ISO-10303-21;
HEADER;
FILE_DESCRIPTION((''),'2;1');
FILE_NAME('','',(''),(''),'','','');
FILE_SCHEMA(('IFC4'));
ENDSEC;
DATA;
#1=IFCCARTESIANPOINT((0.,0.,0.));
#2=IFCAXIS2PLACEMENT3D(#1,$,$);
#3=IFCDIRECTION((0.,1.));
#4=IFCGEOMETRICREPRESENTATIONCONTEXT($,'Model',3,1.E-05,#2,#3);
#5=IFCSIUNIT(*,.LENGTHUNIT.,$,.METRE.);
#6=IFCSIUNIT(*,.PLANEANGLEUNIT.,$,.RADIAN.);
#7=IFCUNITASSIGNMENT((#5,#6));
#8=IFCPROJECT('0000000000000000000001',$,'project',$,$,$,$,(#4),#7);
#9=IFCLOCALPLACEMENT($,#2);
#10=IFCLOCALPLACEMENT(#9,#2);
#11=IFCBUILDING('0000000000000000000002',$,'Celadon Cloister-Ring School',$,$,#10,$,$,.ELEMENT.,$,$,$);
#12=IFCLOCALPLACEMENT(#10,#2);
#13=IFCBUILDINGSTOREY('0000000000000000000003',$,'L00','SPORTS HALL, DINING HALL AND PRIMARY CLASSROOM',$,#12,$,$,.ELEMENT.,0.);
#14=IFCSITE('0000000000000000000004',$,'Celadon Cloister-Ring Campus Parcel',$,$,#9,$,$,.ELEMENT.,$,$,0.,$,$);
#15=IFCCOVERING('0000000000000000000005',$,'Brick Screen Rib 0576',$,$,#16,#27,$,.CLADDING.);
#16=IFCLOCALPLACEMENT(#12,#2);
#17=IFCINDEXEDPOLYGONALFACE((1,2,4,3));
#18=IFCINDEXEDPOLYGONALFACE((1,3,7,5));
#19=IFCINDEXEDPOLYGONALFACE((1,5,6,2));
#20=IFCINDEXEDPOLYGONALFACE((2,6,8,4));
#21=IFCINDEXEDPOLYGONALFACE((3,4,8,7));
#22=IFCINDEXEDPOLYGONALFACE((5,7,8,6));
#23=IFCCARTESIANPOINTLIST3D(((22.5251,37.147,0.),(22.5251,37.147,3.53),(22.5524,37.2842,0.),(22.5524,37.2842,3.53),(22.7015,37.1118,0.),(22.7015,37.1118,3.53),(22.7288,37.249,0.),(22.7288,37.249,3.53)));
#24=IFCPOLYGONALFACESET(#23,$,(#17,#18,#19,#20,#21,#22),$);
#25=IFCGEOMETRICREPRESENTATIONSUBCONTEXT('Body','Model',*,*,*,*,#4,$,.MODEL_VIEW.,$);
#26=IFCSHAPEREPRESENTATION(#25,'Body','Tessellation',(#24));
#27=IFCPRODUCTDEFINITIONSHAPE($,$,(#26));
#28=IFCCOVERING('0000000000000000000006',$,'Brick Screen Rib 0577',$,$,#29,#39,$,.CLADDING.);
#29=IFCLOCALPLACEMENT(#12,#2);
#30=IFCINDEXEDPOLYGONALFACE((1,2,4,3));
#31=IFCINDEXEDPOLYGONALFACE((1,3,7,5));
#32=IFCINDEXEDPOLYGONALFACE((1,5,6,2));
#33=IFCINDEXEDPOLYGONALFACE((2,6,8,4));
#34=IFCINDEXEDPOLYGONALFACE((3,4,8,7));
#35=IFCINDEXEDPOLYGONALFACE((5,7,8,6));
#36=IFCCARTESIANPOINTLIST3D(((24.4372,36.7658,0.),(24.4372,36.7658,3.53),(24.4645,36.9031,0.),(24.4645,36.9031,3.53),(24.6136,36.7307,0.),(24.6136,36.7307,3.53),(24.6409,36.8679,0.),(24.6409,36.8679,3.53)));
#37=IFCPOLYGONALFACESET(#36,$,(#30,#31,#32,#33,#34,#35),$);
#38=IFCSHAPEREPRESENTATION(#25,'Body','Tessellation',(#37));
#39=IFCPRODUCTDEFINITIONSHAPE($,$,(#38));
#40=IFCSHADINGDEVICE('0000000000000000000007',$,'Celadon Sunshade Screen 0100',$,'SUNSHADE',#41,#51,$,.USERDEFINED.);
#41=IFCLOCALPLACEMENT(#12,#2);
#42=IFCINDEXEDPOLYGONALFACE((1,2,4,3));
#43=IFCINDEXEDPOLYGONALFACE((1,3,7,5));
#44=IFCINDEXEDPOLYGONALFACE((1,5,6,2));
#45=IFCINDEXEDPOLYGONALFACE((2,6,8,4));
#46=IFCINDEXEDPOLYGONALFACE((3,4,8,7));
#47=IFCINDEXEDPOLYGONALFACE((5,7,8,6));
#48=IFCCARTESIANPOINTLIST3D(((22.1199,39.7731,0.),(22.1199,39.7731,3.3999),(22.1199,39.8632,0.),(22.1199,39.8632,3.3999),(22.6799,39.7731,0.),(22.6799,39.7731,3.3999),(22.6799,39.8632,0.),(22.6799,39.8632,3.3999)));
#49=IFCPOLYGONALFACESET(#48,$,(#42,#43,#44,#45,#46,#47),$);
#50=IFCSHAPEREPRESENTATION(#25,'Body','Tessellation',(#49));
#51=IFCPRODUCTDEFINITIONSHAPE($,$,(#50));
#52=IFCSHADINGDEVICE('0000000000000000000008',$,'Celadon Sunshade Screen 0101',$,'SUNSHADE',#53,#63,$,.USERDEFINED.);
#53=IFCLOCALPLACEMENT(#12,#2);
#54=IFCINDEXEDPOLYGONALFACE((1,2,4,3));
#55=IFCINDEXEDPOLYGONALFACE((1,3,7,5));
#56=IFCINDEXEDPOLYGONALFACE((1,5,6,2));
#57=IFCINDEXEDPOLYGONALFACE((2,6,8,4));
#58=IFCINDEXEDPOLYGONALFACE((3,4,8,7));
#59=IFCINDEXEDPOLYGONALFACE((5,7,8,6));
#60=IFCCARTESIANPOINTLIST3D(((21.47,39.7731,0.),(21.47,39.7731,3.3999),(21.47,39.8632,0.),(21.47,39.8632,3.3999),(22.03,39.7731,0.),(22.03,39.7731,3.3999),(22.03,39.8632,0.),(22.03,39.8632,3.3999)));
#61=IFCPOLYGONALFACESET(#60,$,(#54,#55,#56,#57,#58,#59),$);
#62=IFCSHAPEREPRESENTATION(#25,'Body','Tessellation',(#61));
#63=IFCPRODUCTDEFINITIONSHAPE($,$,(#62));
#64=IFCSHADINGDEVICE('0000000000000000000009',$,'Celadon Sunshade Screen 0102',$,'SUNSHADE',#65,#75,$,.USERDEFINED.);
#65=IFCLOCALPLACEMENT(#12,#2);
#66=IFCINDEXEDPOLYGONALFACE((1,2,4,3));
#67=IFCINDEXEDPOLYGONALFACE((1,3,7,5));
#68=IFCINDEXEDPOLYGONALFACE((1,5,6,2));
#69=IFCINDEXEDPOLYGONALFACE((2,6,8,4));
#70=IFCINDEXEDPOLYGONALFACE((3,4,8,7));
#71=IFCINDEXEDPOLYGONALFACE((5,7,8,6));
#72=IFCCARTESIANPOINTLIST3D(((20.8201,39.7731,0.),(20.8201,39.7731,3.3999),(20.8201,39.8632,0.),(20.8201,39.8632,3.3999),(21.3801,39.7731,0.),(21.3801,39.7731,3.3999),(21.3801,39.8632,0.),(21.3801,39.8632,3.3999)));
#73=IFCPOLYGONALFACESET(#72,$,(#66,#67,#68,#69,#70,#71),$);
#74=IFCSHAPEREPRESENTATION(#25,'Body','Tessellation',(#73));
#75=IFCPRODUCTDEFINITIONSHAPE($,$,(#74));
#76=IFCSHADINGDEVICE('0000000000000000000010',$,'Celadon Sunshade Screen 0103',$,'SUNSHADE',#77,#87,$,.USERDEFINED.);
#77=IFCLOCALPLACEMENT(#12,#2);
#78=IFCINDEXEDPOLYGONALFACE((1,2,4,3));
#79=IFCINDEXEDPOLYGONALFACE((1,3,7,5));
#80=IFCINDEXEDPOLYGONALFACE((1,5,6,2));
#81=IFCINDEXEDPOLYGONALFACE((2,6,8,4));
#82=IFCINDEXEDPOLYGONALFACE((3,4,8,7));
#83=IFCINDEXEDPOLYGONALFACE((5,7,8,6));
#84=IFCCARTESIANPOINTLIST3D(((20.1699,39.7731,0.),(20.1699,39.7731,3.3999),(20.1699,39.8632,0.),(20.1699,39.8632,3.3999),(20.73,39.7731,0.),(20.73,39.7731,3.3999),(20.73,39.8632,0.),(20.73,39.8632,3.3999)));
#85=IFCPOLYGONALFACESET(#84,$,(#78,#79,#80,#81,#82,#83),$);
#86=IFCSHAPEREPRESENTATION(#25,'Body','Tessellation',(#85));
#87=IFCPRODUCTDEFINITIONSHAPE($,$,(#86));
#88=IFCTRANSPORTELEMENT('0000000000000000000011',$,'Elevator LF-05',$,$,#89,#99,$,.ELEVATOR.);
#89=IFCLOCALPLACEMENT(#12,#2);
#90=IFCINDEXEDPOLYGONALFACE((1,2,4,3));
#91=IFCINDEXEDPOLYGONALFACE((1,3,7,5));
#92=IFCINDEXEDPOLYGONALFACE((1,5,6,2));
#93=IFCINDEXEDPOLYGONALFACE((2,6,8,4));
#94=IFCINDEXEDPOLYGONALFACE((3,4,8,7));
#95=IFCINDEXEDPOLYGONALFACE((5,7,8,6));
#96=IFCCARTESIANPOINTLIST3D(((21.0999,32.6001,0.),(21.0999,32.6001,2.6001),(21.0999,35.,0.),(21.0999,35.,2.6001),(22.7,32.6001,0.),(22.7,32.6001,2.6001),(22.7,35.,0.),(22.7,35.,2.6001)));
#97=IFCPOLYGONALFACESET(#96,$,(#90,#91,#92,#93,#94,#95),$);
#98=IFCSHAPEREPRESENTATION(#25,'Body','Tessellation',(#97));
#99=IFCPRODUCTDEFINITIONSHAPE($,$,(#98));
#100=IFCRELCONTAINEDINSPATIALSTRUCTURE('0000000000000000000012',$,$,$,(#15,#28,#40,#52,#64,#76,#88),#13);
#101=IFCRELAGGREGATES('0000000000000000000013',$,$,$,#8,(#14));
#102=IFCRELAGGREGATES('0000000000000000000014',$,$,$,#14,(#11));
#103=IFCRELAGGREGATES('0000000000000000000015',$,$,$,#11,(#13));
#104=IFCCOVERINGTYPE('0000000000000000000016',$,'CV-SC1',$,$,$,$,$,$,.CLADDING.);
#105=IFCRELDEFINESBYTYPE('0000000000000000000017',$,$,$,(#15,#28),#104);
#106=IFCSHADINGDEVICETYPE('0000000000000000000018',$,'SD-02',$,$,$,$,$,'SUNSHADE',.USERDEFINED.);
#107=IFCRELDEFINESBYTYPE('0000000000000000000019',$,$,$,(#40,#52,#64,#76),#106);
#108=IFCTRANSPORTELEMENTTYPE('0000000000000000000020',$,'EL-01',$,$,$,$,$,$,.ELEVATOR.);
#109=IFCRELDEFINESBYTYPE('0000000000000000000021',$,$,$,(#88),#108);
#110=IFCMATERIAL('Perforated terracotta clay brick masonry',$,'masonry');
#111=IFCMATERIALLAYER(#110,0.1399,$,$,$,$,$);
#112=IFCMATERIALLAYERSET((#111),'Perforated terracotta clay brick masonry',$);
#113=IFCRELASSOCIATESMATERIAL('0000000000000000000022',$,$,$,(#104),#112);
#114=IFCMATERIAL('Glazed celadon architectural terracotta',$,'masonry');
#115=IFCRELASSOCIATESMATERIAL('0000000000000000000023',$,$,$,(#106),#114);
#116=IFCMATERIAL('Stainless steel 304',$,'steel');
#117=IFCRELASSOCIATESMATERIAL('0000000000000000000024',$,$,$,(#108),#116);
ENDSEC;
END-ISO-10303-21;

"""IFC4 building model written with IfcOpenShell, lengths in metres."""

from ifc_helpers import new_model, si_unit, direction, frame, origin, origin_2d, place, context, subcontext, project, spatial, rectangle, extrude, material, layer, layer_set, type_object, element, save


model = new_model("IFC4")

# Units and contexts
model_context = context("Model", 3, precision=1e-05, world=origin(), true_north=direction((0.0, 1.0)))
body_context = subcontext(model_context, "Body", "Model", "MODEL_VIEW")
ifc_project = project(units=[si_unit("LENGTHUNIT", "METRE"), si_unit("PLANEANGLEUNIT", "RADIAN")], contexts=[model_context])

# Site, building, storey
site_placement = place(None, origin())
site = spatial("IfcSite", under=ifc_project, at=site_placement, Name="Celadon Cloister-Ring Campus Parcel", CompositionType="ELEMENT", RefElevation=0.0)
building_placement = place(site_placement, origin())
building = spatial("IfcBuilding", under=site, at=building_placement, Name="Celadon Cloister-Ring School", CompositionType="ELEMENT")
storey_placement = place(building_placement, origin())
storey = spatial("IfcBuildingStorey", under=building, at=storey_placement, Name="L00", Description="SPORTS HALL, DINING HALL AND PRIMARY CLASSROOM", CompositionType="ELEMENT", Elevation=0.0)

# Coverings
ifc_material_1 = material(Name="Perforated terracotta clay brick masonry", Category="masonry")
ifc_layer_1 = layer(ifc_material_1, 0.1399)
ifc_layer_set_1 = layer_set([ifc_layer_1], Name="Perforated terracotta clay brick masonry")
covering_type = type_object("IfcCoveringType", Name="CV-SC1", PredefinedType="CLADDING", material=ifc_layer_set_1)
for number, where, z_axis, x_axis, name in (
    (1, (22.627, 37.198, 0.0), (0.0, 0.0, 1.0), (0.980775, -0.195142, 0.0), "Brick Screen Rib 0576"),
    (2, (24.5391, 36.8169, 0.0), (0.0, 0.0, 1.0), (0.980775, -0.195142, 0.0), "Brick Screen Rib 0577"),
):
    element("IfcCovering", number, at=place(storey_placement, frame(where, z_axis=z_axis, x_axis=x_axis)), inside=storey, type_object=covering_type, Name=name, PredefinedType="CLADDING", context=body_context, shape_type="SweptSolid", body=[
        extrude(rectangle(XDim=0.1799, YDim=0.1399, at=origin_2d()), origin(), (0.0, 0.0, 1.0), 3.53),
    ])

# Shading devices
ifc_material_2 = material(Name="Glazed celadon architectural terracotta", Category="masonry")
shading_device_type = type_object("IfcShadingDeviceType", Name="SD-02", ElementType="SUNSHADE", PredefinedType="USERDEFINED", material=ifc_material_2)
for number, where, z_axis, x_axis, name in (
    (3, (22.3999, 39.8181, 0.0), (0.0, 0.0, 1.0), (-1.0, 0.0, 0.0), "Celadon Sunshade Screen 0100"),
    (4, (21.75, 39.8181, 0.0), (0.0, 0.0, 1.0), (-1.0, 0.0, 0.0), "Celadon Sunshade Screen 0101"),
    (5, (21.1001, 39.8181, 0.0), (0.0, 0.0, 1.0), (-1.0, 0.0, 0.0), "Celadon Sunshade Screen 0102"),
    (6, (20.45, 39.8181, 0.0), (0.0, 0.0, 1.0), (-1.0, 0.0, 0.0), "Celadon Sunshade Screen 0103"),
):
    element("IfcShadingDevice", number, at=place(storey_placement, frame(where, z_axis=z_axis, x_axis=x_axis)), inside=storey, type_object=shading_device_type, Name=name, ObjectType="SUNSHADE", PredefinedType="USERDEFINED", context=body_context, shape_type="SweptSolid", body=[
        extrude(rectangle(XDim=0.5601, YDim=0.0901, at=origin_2d()), origin(), (0.0, 0.0, 1.0), 3.3999),
    ])

# Transport element
ifc_material_3 = material(Name="Stainless steel 304", Category="steel")
transport_element_type = type_object("IfcTransportElementType", Name="EL-01", PredefinedType="ELEVATOR", material=ifc_material_3)
transport_element_placement = place(storey_placement, frame((21.8999, 33.8, 0.0), z_axis=(0.0, 0.0, 1.0), x_axis=(1.0, 0.0, 0.0)))
element("IfcTransportElement", 7, at=transport_element_placement, inside=storey, type_object=transport_element_type, Name="Elevator LF-05", PredefinedType="ELEVATOR", context=body_context, shape_type="SweptSolid", body=[
    extrude(rectangle(XDim=1.6001, YDim=2.3999, at=origin_2d()), origin(), (0.0, 0.0, 1.0), 2.6001),
])

save(model, "model.ifc")
